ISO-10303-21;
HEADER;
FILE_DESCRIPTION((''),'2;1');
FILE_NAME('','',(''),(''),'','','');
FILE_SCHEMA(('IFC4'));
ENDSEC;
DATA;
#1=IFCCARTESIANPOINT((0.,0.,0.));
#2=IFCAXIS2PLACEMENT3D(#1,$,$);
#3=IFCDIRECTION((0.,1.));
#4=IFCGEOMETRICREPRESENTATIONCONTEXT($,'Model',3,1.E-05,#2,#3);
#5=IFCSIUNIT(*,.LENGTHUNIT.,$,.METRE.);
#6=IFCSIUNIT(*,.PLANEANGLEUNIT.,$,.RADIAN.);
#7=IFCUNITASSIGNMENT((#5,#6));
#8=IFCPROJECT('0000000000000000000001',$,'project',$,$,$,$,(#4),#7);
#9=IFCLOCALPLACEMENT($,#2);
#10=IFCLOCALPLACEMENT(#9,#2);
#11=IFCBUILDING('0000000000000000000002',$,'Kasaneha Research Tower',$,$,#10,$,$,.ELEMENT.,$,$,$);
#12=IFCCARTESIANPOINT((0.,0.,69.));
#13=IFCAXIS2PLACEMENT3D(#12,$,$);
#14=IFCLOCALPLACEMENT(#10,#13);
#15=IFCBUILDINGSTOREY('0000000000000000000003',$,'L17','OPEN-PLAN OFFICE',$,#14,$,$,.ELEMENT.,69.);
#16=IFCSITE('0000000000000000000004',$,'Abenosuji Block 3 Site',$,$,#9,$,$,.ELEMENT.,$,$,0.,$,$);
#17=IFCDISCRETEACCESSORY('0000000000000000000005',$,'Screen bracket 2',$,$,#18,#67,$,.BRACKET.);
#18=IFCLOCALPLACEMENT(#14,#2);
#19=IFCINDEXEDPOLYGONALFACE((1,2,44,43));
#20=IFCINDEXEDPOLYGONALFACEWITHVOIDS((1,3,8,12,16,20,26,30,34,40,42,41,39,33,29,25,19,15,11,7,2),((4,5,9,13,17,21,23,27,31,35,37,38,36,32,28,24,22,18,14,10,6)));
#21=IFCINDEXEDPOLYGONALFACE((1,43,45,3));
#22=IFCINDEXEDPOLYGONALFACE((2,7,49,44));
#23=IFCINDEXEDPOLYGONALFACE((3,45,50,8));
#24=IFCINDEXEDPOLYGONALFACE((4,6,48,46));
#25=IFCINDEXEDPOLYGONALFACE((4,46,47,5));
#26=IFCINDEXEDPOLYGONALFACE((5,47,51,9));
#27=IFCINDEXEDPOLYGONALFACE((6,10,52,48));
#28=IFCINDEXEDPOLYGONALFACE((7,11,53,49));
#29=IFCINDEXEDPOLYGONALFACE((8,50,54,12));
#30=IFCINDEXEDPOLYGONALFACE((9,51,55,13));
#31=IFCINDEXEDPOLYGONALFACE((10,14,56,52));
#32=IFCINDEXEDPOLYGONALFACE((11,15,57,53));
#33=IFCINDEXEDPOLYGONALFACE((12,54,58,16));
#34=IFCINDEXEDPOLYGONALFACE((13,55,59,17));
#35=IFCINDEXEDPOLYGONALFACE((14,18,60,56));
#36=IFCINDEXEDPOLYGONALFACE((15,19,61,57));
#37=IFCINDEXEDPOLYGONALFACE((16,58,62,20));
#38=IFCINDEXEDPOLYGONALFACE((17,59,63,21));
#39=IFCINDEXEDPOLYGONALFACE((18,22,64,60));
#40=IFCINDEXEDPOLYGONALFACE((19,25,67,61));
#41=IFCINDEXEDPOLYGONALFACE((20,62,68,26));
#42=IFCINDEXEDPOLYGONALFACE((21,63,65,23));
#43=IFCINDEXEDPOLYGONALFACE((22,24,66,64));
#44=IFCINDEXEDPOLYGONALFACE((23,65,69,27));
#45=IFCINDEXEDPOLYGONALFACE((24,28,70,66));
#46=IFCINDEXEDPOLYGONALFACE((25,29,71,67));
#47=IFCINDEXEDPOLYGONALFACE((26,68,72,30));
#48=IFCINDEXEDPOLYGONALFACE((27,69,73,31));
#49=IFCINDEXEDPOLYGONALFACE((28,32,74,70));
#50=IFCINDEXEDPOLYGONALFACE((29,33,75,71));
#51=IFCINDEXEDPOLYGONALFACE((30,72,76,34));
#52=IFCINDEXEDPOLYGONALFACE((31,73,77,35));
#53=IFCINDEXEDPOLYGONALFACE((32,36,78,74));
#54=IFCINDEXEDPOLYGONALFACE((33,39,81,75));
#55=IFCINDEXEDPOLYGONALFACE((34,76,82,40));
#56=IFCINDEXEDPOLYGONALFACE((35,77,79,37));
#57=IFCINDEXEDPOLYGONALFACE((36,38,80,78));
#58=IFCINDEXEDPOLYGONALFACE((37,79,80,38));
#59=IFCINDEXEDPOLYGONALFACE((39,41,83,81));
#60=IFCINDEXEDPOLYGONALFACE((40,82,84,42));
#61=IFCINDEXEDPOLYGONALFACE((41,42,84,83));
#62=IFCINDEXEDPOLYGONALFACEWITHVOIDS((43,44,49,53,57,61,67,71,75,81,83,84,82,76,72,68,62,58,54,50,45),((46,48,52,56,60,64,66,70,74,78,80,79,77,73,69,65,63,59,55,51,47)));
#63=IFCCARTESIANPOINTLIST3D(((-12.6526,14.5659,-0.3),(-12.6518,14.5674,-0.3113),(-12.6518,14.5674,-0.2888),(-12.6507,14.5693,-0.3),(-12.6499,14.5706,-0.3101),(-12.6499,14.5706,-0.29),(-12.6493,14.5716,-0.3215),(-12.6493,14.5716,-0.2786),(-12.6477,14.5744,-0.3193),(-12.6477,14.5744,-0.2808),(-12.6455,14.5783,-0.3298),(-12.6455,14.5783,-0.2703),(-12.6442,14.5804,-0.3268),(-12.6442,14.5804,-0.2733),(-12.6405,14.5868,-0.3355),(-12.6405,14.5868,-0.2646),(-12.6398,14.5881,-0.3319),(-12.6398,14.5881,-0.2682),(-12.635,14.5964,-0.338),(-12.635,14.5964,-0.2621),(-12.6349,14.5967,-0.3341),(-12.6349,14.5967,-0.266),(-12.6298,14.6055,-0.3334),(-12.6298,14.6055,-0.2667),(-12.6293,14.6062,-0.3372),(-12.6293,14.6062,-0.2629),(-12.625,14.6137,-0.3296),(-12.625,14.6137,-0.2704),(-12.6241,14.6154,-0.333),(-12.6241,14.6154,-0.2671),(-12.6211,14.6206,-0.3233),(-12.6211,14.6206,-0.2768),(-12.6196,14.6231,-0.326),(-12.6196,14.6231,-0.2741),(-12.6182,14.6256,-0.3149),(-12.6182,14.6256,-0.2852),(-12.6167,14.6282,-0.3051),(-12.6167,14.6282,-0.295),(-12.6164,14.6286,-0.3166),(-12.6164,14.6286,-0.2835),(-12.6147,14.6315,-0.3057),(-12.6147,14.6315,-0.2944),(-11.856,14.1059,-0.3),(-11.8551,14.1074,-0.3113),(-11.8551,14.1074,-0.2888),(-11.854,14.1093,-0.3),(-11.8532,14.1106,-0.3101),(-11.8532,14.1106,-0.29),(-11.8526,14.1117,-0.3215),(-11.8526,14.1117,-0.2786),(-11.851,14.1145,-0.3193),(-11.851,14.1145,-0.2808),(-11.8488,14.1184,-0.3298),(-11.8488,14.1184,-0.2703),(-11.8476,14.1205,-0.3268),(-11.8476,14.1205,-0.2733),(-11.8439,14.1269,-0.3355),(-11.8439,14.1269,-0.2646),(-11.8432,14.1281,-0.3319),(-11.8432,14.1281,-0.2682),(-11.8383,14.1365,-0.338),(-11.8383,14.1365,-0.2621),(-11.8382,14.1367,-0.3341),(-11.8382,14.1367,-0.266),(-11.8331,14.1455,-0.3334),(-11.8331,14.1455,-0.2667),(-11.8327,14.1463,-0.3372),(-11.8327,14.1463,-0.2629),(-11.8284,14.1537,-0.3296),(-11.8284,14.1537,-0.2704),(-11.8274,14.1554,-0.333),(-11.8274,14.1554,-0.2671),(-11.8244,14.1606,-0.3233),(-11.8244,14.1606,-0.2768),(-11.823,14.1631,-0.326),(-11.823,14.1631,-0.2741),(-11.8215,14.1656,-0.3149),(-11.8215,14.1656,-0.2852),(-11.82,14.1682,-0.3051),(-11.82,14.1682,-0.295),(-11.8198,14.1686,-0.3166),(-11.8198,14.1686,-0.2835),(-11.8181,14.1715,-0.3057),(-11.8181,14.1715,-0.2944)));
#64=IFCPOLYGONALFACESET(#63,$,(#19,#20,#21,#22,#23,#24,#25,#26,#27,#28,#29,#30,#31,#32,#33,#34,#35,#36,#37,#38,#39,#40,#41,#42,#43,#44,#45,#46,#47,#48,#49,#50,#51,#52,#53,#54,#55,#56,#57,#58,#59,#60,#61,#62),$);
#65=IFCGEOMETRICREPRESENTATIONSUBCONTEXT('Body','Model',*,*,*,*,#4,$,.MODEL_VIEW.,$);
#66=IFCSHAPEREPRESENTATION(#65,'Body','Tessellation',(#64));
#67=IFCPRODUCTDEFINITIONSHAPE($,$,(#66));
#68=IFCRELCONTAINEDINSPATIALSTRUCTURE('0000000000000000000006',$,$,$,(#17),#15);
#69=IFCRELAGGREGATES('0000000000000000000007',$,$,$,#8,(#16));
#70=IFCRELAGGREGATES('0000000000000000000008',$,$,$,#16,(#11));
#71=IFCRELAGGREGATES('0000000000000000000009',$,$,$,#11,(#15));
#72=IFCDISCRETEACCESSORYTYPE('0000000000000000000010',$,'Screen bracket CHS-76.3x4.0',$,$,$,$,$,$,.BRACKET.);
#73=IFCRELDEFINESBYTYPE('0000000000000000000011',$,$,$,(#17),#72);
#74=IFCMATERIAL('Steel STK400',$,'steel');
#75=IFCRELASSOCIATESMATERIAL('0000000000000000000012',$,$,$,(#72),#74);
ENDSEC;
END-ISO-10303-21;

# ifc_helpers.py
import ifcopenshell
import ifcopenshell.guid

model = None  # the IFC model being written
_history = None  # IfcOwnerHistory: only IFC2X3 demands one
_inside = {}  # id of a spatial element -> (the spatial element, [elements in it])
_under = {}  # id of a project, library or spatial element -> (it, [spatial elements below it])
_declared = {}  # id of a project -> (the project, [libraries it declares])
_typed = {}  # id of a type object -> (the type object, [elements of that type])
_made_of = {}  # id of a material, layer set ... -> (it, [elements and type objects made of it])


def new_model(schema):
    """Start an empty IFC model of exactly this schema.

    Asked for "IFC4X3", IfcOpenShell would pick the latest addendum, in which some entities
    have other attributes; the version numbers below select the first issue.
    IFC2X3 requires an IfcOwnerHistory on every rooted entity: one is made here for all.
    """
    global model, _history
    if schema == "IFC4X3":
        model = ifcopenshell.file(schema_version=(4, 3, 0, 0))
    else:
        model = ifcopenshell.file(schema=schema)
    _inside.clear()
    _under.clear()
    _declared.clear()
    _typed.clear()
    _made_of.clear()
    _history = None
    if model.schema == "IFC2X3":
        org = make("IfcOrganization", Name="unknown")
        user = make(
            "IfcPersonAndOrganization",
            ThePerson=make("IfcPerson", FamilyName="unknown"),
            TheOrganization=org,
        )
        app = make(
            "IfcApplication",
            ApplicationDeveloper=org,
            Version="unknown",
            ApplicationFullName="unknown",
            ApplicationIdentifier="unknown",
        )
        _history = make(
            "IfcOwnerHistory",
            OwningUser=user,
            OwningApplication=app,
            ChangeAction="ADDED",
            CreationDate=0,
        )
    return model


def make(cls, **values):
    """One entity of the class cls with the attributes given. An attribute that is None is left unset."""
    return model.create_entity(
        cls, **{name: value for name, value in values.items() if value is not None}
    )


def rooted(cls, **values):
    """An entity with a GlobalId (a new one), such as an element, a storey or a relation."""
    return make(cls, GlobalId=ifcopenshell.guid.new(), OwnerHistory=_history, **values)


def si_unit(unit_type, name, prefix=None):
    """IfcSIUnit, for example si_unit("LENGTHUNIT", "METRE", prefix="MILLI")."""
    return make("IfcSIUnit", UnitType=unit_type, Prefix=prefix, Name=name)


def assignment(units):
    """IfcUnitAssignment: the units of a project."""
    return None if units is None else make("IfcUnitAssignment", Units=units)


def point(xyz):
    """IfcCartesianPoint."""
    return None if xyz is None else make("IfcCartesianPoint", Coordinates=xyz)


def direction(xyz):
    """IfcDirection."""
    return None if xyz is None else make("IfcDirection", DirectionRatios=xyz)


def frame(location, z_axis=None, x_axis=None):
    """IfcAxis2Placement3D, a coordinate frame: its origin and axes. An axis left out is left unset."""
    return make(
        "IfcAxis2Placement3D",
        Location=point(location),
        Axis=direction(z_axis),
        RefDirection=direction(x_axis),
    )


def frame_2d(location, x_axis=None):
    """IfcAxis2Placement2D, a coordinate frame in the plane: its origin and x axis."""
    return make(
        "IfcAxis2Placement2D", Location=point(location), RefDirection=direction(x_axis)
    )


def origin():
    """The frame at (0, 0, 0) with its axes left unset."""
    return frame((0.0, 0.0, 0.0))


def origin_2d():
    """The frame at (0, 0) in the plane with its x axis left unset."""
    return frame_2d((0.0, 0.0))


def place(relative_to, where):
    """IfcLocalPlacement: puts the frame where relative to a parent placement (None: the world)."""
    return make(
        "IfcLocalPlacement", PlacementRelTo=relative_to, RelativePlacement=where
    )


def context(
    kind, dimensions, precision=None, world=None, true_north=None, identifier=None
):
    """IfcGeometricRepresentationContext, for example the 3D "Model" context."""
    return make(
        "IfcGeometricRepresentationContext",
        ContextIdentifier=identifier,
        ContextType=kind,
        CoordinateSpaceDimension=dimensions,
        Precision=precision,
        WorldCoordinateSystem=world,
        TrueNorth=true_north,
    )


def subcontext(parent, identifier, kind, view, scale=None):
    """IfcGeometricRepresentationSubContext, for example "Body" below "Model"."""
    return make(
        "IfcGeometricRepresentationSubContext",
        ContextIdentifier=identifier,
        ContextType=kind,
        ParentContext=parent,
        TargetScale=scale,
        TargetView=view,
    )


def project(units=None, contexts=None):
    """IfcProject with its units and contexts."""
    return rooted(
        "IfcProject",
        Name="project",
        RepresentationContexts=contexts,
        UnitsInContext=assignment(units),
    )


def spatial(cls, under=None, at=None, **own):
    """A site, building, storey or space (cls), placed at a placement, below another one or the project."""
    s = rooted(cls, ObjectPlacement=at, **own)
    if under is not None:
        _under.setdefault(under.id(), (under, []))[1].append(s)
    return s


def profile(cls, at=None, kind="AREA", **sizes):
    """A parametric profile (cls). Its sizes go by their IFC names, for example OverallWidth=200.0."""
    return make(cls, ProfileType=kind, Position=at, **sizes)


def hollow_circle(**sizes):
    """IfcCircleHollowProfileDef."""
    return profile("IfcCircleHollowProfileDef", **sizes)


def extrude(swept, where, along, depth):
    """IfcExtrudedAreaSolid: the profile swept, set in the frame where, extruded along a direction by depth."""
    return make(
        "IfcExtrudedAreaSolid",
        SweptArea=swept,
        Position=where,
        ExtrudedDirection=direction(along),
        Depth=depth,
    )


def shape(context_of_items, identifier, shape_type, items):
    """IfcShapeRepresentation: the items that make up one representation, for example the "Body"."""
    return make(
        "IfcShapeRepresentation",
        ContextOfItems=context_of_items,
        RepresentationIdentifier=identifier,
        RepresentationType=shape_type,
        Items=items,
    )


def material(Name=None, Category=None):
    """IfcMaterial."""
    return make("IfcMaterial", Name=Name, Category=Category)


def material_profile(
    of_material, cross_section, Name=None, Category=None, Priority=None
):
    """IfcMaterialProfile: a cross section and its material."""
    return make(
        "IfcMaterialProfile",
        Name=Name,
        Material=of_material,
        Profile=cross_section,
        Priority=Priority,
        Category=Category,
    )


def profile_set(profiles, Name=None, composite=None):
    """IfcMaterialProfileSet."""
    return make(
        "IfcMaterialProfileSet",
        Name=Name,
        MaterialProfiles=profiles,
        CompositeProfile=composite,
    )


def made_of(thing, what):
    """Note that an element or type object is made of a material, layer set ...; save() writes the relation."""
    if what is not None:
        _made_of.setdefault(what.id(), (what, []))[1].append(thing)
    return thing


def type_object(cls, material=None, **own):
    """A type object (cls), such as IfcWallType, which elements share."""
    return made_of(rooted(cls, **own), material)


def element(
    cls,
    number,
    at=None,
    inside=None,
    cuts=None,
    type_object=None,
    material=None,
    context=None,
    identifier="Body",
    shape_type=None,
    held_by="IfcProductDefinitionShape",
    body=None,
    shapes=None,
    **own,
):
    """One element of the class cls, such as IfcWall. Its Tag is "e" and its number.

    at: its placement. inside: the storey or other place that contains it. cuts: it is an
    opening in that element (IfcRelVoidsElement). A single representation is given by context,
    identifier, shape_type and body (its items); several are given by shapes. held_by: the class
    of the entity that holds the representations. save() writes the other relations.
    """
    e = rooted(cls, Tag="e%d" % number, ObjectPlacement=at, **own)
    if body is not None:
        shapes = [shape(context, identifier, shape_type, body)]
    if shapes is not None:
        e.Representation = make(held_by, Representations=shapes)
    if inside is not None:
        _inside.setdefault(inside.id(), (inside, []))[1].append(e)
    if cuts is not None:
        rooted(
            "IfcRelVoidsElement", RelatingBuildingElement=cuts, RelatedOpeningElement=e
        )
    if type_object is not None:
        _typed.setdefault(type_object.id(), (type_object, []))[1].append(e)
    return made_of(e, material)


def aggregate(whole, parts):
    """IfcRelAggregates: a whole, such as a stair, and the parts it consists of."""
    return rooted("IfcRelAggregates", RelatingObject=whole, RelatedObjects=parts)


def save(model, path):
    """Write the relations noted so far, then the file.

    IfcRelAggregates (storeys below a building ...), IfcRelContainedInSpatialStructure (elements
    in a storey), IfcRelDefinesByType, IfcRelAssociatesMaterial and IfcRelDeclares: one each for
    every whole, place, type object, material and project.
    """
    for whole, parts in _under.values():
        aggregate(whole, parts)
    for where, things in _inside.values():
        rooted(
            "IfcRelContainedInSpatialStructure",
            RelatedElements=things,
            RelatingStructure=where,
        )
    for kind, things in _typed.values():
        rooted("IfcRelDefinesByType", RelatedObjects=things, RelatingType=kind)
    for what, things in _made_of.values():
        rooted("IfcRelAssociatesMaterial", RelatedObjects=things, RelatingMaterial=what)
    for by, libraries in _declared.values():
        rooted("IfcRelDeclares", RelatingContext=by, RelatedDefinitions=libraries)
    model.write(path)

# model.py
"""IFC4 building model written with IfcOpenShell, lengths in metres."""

from ifc_helpers import new_model, si_unit, direction, frame, origin, origin_2d, place, context, subcontext, project, spatial, hollow_circle, extrude, material, material_profile, profile_set, type_object, element, save


model = new_model("IFC4")

# Units and contexts
model_context = context("Model", 3, precision=1e-05, world=origin(), true_north=direction((0.0, 1.0)))
body_context = subcontext(model_context, "Body", "Model", "MODEL_VIEW")
ifc_project = project(units=[si_unit("LENGTHUNIT", "METRE"), si_unit("PLANEANGLEUNIT", "RADIAN")], contexts=[model_context])

# Site, building, storey
site_placement = place(None, origin())
site = spatial("IfcSite", under=ifc_project, at=site_placement, Name="Abenosuji Block 3 Site", CompositionType="ELEMENT", RefElevation=0.0)
building_placement = place(site_placement, origin())
building = spatial("IfcBuilding", under=site, at=building_placement, Name="Kasaneha Research Tower", CompositionType="ELEMENT")
storey_placement = place(building_placement, frame((0.0, 0.0, 69.0)))
storey = spatial("IfcBuildingStorey", under=building, at=storey_placement, Name="L17", Description="OPEN-PLAN OFFICE", CompositionType="ELEMENT", Elevation=69.0)

# Discrete accessory
ifc_material_1 = material(Name="Steel STK400", Category="steel")
ifc_material_profile_1 = material_profile(ifc_material_1, hollow_circle(Radius=0.0381, WallThickness=0.0039, at=origin_2d()), Name="CHS-76.3x4.0")
ifc_profile_set_1 = profile_set([ifc_material_profile_1], Name="Steel STK400")
discrete_accessory_type = type_object("IfcDiscreteAccessoryType", Name="Screen bracket CHS-76.3x4.0", PredefinedType="BRACKET", material=ifc_profile_set_1)
discrete_accessory_1_placement = place(storey_placement, frame((-11.8369, 14.1389, -0.3), z_axis=(-0.866013, 0.500021, 0.0), x_axis=(-0.500021, -0.866013, 0.0)))
element("IfcDiscreteAccessory", 1, at=discrete_accessory_1_placement, inside=storey, type_object=discrete_accessory_type, Name="Screen bracket 2", PredefinedType="BRACKET", context=body_context, shape_type="SweptSolid", body=[
    extrude(hollow_circle(Radius=0.0381, WallThickness=0.0039, at=origin_2d()), origin(), (0.0, 0.0, 1.0), 0.9199),
])

save(model, "model.ifc")
